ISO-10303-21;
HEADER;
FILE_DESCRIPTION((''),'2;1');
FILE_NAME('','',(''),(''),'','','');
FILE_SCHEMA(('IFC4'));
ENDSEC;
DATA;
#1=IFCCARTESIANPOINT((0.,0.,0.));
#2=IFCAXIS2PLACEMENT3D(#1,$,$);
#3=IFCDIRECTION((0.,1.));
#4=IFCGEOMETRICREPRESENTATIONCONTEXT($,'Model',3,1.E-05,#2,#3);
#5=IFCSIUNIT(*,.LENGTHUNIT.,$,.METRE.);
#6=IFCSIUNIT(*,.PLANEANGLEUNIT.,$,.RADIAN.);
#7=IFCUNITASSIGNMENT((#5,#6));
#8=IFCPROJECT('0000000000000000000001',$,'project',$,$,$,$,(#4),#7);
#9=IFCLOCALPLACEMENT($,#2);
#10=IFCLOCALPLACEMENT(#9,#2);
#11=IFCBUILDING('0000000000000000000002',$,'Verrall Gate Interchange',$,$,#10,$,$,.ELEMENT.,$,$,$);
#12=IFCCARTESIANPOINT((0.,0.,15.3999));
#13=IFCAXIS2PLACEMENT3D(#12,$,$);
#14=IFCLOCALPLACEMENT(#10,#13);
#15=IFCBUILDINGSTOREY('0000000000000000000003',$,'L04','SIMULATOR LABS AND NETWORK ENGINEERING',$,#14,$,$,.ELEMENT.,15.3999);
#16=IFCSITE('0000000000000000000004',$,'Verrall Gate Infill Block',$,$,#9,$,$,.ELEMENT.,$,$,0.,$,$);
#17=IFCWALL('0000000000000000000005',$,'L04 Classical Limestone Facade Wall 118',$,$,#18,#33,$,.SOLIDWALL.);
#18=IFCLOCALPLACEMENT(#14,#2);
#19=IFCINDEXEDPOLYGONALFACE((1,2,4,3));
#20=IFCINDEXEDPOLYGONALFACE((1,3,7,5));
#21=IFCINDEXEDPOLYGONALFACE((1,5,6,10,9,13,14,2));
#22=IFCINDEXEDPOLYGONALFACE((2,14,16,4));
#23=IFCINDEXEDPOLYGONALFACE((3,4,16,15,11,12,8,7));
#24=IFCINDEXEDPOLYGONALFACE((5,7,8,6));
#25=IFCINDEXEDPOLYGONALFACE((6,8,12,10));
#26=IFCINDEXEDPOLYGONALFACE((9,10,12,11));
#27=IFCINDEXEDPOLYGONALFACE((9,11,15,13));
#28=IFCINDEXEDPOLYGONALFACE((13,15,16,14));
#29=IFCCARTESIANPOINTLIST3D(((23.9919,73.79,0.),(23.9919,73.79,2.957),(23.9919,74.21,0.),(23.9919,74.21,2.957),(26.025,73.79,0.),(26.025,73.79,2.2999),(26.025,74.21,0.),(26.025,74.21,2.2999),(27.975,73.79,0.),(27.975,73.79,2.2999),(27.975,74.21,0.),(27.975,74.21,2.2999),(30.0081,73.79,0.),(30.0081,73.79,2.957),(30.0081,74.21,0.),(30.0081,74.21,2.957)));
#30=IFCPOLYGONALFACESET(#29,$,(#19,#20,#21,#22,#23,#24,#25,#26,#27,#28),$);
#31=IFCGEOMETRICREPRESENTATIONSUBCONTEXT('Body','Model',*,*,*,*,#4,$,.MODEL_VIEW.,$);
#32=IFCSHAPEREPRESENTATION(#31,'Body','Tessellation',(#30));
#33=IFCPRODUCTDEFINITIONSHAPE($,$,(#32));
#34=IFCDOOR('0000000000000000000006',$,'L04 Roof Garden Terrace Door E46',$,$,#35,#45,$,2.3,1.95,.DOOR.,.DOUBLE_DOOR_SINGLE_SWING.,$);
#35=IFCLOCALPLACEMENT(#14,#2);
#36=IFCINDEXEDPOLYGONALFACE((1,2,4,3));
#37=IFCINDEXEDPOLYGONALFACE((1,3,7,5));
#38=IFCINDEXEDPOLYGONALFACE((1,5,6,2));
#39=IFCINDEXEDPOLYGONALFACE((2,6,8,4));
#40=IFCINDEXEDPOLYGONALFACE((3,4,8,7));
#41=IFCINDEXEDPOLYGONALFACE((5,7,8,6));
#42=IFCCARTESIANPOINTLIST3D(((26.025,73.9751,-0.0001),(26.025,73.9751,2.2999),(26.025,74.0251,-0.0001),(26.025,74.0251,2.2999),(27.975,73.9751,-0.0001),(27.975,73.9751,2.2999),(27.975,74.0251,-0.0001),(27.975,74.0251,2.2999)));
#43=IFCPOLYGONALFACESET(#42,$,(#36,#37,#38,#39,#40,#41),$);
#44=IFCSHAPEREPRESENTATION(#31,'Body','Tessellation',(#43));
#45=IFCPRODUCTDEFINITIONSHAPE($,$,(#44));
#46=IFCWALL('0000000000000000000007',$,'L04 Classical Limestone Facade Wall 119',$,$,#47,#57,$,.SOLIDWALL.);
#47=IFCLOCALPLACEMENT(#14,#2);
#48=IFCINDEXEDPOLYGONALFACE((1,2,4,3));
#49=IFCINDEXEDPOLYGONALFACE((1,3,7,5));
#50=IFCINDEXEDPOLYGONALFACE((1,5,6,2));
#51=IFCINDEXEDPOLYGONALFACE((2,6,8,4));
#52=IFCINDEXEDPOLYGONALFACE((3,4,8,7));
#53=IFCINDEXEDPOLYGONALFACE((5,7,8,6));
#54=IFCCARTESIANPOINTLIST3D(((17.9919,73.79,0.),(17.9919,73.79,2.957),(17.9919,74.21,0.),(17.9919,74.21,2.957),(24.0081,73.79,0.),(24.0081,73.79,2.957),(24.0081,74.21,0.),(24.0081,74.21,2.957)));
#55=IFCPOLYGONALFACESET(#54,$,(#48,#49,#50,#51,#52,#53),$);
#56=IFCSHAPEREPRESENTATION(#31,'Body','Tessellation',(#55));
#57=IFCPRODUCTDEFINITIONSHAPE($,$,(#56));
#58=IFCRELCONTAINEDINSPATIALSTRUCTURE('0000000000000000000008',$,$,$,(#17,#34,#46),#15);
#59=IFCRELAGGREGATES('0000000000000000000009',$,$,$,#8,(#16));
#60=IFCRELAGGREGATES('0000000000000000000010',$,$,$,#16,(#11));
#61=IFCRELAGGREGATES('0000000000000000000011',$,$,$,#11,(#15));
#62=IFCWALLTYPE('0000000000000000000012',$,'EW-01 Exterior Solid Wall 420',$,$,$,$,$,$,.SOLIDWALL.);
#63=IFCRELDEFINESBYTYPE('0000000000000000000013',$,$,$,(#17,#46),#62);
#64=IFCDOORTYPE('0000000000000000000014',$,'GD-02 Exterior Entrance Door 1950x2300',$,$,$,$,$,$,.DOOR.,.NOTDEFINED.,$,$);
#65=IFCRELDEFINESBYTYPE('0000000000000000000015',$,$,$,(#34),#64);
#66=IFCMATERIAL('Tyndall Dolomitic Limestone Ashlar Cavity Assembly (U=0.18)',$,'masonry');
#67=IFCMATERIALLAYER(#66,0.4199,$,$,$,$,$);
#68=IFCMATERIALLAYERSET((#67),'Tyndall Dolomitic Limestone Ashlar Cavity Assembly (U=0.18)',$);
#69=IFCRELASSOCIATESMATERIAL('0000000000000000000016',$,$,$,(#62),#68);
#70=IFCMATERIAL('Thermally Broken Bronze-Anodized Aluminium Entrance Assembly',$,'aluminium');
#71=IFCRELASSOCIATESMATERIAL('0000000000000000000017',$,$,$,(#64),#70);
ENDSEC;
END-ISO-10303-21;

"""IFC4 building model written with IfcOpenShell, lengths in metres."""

from ifc_helpers import new_model, si_unit, direction, frame, frame_2d, origin, place, context, subcontext, project, spatial, rectangle, extrude, material, layer, layer_set, type_object, element, fill, save


model = new_model("IFC4")

# Units and contexts
model_context = context("Model", 3, precision=1e-05, world=origin(), true_north=direction((0.0, 1.0)))
body_context = subcontext(model_context, "Body", "Model", "MODEL_VIEW")
ifc_project = project(units=[si_unit("LENGTHUNIT", "METRE"), si_unit("PLANEANGLEUNIT", "RADIAN")], contexts=[model_context])

# Site, building, storey
site_placement = place(None, origin())
site = spatial("IfcSite", under=ifc_project, at=site_placement, Name="Verrall Gate Infill Block", CompositionType="ELEMENT", RefElevation=0.0)
building_placement = place(site_placement, origin())
building = spatial("IfcBuilding", under=site, at=building_placement, Name="Verrall Gate Interchange", CompositionType="ELEMENT")
storey_placement = place(building_placement, frame((0.0, 0.0, 15.3999)))
storey = spatial("IfcBuildingStorey", under=building, at=storey_placement, Name="L04", Description="SIMULATOR LABS AND NETWORK ENGINEERING", CompositionType="ELEMENT", Elevation=15.3999)

# Wall, opening, door
ifc_material_1 = material(Name="Tyndall Dolomitic Limestone Ashlar Cavity Assembly (U=0.18)", Category="masonry")
ifc_layer_1 = layer(ifc_material_1, 0.4199)
ifc_layer_set_1 = layer_set([ifc_layer_1], Name="Tyndall Dolomitic Limestone Ashlar Cavity Assembly (U=0.18)")
wall_type = type_object("IfcWallType", Name="EW-01 Exterior Solid Wall 420", PredefinedType="SOLIDWALL", material=ifc_layer_set_1)
wall_1_placement = place(storey_placement, frame((30.0081, 74.0, 0.0), z_axis=(0.0, 0.0, 1.0), x_axis=(-1.0, 0.0, 0.0)))
wall_1 = element("IfcWall", 1, at=wall_1_placement, inside=storey, type_object=wall_type, Name="L04 Classical Limestone Facade Wall 118", PredefinedType="SOLIDWALL", context=body_context, shape_type="SweptSolid", body=[
    extrude(rectangle(XDim=6.0161, YDim=0.4199, at=frame_2d((3.0081, 0.0))), origin(), (0.0, 0.0, 1.0), 2.957),
])
opening_placement = place(wall_1_placement, frame((2.033, 0.0, 0.0)))
opening = element("IfcOpeningElement", 2, at=opening_placement, cuts=wall_1, PredefinedType="OPENING", context=body_context, shape_type="SweptSolid", body=[
    extrude(rectangle(XDim=1.95, YDim=2.3, at=frame_2d((0.9751, 1.1499))), frame((0.0, 0.2249, 0.0), z_axis=(0.0, -1.0, 0.0), x_axis=(1.0, 0.0, 0.0)), (0.0, 0.0, 1.0), 0.4497),
])
ifc_material_2 = material(Name="Thermally Broken Bronze-Anodized Aluminium Entrance Assembly", Category="aluminium")
door_type = type_object("IfcDoorType", Name="GD-02 Exterior Entrance Door 1950x2300", OperationType="NOTDEFINED", PredefinedType="DOOR", material=ifc_material_2)
door_placement = place(opening_placement, origin())
door = element("IfcDoor", 3, at=door_placement, inside=storey, type_object=door_type, Name="L04 Roof Garden Terrace Door E46", OperationType="DOUBLE_DOOR_SINGLE_SWING", OverallHeight=2.3, OverallWidth=1.95, PredefinedType="DOOR", context=body_context, shape_type="SweptSolid", body=[
    extrude(rectangle(XDim=1.95, YDim=2.3, at=frame_2d((0.9751, 1.1499))), frame((0.0, 0.0249, 0.0), z_axis=(0.0, -1.0, 0.0), x_axis=(1.0, 0.0, 0.0)), (0.0, 0.0, 1.0), 0.05),
])
fill(opening, door)

# Wall
wall_2_placement = place(storey_placement, frame((24.0081, 74.0, 0.0), z_axis=(0.0, 0.0, 1.0), x_axis=(-1.0, 0.0, 0.0)))
element("IfcWall", 4, at=wall_2_placement, inside=storey, type_object=wall_type, Name="L04 Classical Limestone Facade Wall 119", PredefinedType="SOLIDWALL", context=body_context, shape_type="SweptSolid", body=[
    extrude(rectangle(XDim=6.0161, YDim=0.4199, at=frame_2d((3.0081, 0.0))), origin(), (0.0, 0.0, 1.0), 2.957),
])

save(model, "model.ifc")
